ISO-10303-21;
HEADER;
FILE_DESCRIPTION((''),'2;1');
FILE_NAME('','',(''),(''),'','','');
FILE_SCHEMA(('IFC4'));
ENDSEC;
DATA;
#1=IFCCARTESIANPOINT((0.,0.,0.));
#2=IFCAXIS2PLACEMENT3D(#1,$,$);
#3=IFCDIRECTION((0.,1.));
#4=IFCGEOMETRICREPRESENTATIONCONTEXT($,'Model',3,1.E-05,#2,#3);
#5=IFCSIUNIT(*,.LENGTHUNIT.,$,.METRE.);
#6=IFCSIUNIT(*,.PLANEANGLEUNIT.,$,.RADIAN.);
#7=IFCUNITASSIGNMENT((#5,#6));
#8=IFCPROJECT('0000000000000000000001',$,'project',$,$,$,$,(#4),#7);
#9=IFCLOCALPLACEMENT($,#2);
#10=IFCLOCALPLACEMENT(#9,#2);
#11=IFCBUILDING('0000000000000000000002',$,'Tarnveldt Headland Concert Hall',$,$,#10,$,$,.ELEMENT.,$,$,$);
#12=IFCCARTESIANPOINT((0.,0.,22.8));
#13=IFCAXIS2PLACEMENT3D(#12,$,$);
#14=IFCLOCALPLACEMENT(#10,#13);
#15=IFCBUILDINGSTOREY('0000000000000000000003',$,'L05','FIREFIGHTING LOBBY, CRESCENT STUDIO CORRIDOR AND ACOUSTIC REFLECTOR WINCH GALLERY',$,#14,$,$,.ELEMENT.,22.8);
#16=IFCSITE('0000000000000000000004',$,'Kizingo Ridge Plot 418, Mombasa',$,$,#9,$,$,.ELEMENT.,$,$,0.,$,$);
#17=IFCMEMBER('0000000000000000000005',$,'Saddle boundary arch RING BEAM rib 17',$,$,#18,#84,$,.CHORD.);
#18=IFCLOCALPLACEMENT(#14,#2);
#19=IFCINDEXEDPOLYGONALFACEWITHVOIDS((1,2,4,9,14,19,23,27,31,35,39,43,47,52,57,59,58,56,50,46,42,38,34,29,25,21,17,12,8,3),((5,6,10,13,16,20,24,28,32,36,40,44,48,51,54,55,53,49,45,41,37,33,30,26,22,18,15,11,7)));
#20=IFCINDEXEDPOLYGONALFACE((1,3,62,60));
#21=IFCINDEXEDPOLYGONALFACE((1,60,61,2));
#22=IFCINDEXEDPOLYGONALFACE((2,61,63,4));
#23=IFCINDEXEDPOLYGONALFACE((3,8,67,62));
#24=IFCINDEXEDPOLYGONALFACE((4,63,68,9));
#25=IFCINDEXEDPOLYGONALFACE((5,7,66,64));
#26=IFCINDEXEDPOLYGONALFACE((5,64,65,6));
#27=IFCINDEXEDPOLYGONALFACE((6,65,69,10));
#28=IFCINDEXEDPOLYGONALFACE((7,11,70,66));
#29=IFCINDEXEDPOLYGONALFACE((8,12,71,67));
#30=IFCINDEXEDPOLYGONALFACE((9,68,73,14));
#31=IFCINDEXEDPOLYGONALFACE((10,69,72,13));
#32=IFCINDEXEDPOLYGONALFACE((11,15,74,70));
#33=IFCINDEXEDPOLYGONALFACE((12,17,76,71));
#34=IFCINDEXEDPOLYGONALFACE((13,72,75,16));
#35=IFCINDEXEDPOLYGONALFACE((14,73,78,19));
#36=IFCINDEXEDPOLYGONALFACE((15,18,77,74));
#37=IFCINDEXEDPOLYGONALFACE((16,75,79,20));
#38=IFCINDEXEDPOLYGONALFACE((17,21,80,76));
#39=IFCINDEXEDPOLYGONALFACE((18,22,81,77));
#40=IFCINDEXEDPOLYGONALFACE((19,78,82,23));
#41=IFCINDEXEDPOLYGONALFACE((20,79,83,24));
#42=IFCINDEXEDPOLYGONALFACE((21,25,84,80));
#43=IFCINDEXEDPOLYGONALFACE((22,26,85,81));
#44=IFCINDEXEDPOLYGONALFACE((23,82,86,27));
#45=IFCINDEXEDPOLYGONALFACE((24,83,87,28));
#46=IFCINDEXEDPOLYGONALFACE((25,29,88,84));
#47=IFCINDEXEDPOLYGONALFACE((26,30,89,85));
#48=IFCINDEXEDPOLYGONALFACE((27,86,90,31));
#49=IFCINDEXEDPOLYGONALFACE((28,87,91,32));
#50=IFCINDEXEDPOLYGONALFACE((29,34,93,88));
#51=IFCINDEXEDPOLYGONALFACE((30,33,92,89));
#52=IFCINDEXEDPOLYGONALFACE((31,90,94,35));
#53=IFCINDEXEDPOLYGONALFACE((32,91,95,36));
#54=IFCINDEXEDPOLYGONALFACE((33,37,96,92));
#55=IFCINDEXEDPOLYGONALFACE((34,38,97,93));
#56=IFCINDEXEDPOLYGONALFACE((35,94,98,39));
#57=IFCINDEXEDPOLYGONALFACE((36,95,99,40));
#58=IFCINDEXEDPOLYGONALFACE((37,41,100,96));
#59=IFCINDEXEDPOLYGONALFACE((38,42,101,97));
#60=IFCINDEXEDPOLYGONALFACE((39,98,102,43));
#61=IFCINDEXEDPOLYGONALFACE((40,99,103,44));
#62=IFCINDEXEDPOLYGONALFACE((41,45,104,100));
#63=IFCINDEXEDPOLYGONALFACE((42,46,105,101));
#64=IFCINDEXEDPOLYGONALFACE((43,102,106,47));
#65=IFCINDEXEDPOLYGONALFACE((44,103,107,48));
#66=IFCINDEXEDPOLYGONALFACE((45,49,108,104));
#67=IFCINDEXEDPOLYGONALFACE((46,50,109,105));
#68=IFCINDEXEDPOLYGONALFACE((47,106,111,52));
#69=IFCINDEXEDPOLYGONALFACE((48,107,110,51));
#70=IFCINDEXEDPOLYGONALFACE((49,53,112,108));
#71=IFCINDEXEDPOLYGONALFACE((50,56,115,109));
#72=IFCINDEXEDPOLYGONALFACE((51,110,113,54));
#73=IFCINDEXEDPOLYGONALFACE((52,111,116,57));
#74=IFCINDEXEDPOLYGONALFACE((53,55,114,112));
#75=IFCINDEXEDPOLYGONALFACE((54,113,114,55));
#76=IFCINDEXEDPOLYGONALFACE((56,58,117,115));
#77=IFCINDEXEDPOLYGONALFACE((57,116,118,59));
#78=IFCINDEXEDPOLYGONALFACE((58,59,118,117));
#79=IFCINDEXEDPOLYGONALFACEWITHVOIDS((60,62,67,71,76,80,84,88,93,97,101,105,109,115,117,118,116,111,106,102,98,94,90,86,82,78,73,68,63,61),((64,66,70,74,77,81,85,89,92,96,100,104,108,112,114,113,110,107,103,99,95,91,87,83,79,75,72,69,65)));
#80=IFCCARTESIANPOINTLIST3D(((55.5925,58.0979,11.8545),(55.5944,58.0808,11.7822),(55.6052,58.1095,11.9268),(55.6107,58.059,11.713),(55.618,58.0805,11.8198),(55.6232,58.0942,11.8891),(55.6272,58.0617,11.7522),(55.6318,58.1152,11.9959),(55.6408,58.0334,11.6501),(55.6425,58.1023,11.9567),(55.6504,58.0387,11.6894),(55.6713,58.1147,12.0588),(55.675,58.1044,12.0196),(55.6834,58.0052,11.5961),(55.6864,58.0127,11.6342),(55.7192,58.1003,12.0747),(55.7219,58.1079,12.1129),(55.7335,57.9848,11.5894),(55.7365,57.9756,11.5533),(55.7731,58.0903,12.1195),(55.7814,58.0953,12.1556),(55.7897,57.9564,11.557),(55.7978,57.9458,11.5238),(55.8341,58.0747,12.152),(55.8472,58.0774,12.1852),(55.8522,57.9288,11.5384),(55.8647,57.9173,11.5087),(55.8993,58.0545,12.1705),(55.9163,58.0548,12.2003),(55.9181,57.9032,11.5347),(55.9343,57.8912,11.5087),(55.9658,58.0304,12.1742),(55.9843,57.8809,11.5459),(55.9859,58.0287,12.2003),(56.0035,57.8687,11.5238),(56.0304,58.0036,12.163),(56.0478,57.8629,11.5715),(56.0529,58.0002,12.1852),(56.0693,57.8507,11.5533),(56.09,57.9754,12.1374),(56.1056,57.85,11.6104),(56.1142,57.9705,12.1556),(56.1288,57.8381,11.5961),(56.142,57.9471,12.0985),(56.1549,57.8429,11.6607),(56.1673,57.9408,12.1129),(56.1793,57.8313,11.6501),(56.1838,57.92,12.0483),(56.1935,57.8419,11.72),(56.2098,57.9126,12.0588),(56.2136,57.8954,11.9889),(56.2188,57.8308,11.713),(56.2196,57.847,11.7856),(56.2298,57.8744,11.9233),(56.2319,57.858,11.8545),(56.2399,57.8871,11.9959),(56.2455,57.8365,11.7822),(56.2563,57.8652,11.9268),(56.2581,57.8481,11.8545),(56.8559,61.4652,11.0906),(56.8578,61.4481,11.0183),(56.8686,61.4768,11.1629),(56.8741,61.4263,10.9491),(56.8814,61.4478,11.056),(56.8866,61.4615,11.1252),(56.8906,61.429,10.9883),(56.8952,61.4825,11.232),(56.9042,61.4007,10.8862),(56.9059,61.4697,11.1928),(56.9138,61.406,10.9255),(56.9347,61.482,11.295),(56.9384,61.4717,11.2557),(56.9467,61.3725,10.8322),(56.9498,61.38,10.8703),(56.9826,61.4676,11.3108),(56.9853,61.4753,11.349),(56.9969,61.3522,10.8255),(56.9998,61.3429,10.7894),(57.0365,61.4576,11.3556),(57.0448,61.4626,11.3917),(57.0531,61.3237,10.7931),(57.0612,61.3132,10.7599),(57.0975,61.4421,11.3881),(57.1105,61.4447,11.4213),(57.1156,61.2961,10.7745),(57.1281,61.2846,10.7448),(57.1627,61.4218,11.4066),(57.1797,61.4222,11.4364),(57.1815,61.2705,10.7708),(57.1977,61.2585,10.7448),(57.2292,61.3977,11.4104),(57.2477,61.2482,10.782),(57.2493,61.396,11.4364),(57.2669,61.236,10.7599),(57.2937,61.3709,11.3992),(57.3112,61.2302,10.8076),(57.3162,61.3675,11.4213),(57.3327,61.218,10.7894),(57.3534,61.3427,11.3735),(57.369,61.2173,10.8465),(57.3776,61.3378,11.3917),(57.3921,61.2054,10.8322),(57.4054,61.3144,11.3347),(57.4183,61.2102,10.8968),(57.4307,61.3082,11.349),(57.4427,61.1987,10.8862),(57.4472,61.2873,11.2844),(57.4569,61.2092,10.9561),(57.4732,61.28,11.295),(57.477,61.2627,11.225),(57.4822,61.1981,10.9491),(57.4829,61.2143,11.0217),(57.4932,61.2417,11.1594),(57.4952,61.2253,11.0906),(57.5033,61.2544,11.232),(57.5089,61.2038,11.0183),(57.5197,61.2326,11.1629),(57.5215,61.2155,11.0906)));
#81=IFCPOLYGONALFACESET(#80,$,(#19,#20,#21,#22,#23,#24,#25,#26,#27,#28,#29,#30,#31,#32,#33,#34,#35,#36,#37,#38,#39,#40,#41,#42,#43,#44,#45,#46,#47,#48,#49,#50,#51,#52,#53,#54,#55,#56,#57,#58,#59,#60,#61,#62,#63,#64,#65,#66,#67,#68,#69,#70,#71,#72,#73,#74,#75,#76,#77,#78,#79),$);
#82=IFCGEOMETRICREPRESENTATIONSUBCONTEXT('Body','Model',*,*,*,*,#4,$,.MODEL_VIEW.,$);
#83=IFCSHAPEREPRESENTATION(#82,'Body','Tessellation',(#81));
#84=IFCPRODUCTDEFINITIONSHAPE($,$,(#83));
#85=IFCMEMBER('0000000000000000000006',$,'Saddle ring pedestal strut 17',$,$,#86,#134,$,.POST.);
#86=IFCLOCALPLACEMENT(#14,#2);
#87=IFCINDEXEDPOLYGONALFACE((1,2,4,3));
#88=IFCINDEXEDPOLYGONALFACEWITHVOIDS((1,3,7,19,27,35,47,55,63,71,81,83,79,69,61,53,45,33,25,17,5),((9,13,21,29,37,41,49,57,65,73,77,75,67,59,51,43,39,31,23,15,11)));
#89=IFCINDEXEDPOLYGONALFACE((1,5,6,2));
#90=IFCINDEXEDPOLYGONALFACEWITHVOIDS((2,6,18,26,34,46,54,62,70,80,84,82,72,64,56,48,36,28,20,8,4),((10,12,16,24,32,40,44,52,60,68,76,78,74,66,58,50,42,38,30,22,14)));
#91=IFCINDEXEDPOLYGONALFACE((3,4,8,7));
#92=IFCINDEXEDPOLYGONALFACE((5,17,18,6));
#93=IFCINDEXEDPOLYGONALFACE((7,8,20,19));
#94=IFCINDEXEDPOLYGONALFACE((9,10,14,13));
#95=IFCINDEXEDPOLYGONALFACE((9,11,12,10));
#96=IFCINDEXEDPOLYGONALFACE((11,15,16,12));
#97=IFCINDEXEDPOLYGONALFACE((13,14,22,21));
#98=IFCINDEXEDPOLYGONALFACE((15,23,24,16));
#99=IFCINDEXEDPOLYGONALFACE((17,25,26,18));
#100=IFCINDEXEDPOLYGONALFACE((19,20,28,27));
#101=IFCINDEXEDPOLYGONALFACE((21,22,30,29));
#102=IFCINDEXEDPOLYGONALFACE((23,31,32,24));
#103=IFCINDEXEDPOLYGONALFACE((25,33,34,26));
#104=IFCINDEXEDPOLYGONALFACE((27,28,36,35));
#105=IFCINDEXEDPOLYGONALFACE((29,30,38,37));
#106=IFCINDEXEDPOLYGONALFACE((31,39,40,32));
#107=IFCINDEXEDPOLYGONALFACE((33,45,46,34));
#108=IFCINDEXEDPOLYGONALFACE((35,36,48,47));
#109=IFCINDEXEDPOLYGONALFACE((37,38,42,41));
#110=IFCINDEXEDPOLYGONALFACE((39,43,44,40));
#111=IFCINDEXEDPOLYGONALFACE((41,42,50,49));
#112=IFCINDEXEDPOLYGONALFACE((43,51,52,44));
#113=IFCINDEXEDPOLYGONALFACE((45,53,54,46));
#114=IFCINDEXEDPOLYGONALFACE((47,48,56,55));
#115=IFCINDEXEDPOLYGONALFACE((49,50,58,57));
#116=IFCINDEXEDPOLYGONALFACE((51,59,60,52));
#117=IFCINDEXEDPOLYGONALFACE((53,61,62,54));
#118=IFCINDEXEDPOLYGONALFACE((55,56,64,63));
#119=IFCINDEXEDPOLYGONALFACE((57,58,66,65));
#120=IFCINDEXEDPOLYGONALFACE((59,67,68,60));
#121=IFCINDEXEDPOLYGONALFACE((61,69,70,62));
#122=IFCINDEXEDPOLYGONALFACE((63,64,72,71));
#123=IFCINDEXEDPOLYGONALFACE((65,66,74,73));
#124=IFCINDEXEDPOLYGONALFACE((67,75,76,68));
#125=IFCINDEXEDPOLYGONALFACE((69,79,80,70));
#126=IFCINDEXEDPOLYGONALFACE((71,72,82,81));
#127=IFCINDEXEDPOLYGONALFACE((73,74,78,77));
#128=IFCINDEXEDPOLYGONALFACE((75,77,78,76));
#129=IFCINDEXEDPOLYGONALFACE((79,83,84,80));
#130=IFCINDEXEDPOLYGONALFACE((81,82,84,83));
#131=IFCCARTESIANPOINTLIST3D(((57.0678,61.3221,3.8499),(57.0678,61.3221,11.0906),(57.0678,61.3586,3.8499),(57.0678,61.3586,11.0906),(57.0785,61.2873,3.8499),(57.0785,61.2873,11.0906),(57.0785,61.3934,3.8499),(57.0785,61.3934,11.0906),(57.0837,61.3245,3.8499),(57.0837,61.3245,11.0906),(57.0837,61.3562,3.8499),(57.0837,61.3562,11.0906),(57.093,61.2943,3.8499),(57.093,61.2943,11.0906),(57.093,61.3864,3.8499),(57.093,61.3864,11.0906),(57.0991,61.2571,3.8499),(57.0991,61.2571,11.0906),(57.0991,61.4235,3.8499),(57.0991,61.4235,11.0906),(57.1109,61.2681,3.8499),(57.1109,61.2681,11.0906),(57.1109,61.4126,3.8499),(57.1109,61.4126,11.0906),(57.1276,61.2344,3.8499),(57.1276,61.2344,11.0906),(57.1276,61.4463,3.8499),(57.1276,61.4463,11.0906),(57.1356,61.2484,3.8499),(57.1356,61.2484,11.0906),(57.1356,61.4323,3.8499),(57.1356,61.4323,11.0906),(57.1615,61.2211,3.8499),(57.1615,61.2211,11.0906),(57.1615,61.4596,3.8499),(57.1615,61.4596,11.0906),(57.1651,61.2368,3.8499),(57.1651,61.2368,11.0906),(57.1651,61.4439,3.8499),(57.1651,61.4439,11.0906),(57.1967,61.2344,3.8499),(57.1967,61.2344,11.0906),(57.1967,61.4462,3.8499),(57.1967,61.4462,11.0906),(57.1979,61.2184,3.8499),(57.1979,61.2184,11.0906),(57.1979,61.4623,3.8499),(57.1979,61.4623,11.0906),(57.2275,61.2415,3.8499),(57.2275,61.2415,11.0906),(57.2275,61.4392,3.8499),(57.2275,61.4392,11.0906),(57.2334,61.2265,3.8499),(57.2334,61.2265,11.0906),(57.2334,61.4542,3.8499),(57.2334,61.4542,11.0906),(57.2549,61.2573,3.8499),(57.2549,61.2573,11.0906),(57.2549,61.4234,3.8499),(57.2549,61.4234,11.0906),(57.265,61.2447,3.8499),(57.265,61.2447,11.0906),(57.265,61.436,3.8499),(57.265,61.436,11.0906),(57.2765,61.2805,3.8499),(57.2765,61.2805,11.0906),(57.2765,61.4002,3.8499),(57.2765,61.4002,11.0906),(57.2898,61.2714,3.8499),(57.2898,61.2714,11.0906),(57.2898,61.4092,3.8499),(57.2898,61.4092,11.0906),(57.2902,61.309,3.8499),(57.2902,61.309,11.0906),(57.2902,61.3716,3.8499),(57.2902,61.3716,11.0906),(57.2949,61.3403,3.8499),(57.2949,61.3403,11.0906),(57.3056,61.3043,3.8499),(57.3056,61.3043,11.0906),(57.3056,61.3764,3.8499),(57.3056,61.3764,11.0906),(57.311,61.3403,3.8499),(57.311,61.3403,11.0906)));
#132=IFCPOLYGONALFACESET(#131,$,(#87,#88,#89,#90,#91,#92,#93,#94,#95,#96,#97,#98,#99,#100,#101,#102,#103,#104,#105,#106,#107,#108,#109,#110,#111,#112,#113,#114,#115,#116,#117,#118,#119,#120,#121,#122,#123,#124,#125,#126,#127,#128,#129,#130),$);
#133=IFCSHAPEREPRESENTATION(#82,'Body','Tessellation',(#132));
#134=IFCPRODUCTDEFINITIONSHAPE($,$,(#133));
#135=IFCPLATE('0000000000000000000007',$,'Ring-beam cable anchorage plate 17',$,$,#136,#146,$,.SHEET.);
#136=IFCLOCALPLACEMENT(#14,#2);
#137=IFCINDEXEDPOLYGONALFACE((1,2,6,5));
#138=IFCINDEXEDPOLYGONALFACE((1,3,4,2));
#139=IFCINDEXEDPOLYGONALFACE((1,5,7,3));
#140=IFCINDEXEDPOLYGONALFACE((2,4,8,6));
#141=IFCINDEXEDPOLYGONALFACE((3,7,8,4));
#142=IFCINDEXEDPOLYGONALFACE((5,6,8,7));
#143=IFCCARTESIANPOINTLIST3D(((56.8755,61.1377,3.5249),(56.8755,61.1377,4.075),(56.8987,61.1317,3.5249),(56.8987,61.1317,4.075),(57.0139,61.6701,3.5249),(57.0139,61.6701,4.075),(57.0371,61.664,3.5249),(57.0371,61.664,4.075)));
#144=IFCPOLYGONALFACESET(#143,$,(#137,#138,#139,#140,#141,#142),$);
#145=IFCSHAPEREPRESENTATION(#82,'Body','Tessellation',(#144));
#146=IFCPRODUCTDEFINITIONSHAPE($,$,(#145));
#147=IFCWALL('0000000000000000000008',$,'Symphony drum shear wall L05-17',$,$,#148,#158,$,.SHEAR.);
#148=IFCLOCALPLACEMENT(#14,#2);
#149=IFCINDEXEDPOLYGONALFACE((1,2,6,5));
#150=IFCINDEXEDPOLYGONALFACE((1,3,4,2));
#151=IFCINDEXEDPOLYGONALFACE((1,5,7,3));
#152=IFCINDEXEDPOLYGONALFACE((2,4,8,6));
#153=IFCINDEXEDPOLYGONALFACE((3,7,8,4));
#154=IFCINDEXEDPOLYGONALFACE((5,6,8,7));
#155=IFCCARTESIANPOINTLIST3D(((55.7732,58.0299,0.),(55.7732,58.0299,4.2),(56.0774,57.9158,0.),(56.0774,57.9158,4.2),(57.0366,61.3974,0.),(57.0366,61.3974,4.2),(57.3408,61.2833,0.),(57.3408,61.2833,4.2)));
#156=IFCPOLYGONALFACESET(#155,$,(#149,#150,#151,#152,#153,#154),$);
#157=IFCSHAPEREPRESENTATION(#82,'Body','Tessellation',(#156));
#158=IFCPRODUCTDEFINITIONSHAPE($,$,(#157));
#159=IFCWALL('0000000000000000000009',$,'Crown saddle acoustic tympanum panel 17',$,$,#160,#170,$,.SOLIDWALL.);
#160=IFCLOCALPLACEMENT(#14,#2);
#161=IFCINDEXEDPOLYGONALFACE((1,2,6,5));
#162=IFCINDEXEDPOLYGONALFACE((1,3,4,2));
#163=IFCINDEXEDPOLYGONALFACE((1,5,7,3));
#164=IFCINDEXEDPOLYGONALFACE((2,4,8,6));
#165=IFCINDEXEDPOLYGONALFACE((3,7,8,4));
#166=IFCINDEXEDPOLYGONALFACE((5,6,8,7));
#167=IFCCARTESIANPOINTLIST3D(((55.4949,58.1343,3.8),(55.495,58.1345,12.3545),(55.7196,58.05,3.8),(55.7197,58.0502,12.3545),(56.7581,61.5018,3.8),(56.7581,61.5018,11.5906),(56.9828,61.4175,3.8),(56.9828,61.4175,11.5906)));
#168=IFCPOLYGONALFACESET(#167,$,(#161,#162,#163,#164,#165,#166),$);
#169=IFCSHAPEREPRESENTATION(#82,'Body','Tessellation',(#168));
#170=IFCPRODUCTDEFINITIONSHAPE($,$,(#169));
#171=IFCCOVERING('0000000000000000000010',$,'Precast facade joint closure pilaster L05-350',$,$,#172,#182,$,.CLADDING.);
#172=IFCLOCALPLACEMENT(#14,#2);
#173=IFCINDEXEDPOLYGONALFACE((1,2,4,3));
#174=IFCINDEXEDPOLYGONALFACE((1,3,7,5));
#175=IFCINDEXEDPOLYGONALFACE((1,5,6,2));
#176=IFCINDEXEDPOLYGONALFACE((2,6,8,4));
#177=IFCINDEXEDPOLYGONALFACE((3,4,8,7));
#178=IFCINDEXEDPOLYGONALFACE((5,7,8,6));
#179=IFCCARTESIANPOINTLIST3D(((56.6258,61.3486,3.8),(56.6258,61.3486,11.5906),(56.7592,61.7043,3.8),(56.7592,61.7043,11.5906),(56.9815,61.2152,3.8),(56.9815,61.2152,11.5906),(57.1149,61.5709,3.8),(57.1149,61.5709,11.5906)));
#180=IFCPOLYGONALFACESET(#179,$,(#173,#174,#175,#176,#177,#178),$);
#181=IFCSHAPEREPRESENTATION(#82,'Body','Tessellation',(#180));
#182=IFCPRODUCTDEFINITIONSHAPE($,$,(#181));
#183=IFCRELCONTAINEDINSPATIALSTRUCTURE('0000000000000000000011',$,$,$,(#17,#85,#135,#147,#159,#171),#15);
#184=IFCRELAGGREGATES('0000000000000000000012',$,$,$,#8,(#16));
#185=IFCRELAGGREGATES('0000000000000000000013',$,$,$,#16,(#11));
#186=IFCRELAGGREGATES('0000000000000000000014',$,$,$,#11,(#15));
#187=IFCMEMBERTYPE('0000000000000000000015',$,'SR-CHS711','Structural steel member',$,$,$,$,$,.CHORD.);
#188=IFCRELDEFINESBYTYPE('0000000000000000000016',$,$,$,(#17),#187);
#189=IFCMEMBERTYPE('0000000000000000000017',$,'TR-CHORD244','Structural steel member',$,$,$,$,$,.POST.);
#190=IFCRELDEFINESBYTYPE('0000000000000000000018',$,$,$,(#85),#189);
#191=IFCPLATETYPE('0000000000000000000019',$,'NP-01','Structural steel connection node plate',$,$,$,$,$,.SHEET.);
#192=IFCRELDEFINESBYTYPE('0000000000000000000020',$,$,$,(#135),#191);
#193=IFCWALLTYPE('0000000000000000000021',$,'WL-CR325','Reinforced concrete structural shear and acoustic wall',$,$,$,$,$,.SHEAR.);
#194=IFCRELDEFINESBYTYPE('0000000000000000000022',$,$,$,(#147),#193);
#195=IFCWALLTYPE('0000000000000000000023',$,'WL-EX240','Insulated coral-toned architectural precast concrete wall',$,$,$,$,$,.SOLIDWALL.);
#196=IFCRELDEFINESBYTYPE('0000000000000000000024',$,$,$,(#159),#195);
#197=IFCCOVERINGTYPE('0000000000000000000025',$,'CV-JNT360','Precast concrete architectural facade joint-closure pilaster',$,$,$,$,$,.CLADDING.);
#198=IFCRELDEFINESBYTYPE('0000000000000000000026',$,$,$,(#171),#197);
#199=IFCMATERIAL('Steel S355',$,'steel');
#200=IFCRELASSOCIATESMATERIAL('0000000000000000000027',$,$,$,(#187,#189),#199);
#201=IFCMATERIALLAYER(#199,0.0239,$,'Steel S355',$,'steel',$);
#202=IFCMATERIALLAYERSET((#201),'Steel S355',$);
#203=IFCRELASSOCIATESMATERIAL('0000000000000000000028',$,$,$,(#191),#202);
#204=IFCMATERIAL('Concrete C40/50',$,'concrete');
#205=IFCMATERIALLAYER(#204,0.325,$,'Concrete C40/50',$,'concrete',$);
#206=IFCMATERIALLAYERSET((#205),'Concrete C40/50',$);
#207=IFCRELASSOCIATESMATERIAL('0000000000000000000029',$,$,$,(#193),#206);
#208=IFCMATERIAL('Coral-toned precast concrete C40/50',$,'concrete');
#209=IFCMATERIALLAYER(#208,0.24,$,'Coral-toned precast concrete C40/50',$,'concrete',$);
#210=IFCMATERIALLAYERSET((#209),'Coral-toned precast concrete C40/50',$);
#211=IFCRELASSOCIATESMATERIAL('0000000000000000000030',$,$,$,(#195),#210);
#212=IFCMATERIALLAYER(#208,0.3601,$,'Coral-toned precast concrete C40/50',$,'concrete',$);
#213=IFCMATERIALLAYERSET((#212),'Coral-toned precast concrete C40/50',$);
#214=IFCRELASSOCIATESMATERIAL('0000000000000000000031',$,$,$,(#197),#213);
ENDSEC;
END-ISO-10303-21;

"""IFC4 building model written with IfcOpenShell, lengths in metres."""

from ifc_helpers import new_model, si_unit, direction, frame, frame_2d, origin, origin_2d, place, context, subcontext, project, spatial, polyline, rectangle, hollow_circle, outline, extrude, material, layer, layer_set, material_profile, profile_set, type_object, element, save


model = new_model("IFC4")

# Units and contexts
model_context = context("Model", 3, precision=1e-05, world=origin(), true_north=direction((0.0, 1.0)))
body_context = subcontext(model_context, "Body", "Model", "MODEL_VIEW")
ifc_project = project(units=[si_unit("LENGTHUNIT", "METRE"), si_unit("PLANEANGLEUNIT", "RADIAN")], contexts=[model_context])

# Site, building, storey
site_placement = place(None, origin())
site = spatial("IfcSite", under=ifc_project, at=site_placement, Name="Kizingo Ridge Plot 418, Mombasa", CompositionType="ELEMENT", RefElevation=0.0)
building_placement = place(site_placement, origin())
building = spatial("IfcBuilding", under=site, at=building_placement, Name="Tarnveldt Headland Concert Hall", CompositionType="ELEMENT")
storey_placement = place(building_placement, frame((0.0, 0.0, 22.8)))
storey = spatial("IfcBuildingStorey", under=building, at=storey_placement, Name="L05", Description="FIREFIGHTING LOBBY, CRESCENT STUDIO CORRIDOR AND ACOUSTIC REFLECTOR WINCH GALLERY", CompositionType="ELEMENT", Elevation=22.8)

# Shared definitions
ifc_material_1 = material(Name="Concrete C40/50", Category="concrete")

# Shared definitions
ifc_material_2 = material(Name="Steel S355", Category="steel")

# Members
ifc_material_profile_1 = material_profile(ifc_material_2, hollow_circle(Radius=0.3555, WallThickness=0.0281, at=origin_2d()), Name="CHS 711x28", Category="steel")
ifc_profile_set_1 = profile_set([ifc_material_profile_1], Name="Steel S355")
member_type_1 = type_object("IfcMemberType", Name="SR-CHS711", Description="Structural steel member", PredefinedType="CHORD", material=ifc_profile_set_1)
member_1_placement = place(storey_placement, frame((57.1887, 61.3403, 11.0906), z_axis=(-0.343615, -0.915841, 0.207762), x_axis=(0.936271, -0.35128, 0.0)))
element("IfcMember", 1, at=member_1_placement, inside=storey, type_object=member_type_1, Name="Saddle boundary arch RING BEAM rib 17", PredefinedType="CHORD", context=body_context, shape_type="SweptSolid", body=[
    extrude(hollow_circle(Radius=0.3555, WallThickness=0.0281, at=origin_2d()), origin(), (0.0, 0.0, 1.0), 3.6768),
])
ifc_material_profile_2 = material_profile(ifc_material_2, hollow_circle(Radius=0.1223, WallThickness=0.0161, at=origin_2d()), Name="CHS 244.5x16", Category="steel")
ifc_profile_set_2 = profile_set([ifc_material_profile_2], Name="Steel S355")
member_type_2 = type_object("IfcMemberType", Name="TR-CHORD244", Description="Structural steel member", PredefinedType="POST", material=ifc_profile_set_2)
member_2_placement = place(storey_placement, frame((57.1887, 61.3403, 3.8499), z_axis=(0.0, 0.0, 1.0), x_axis=(1.0, 0.0, 0.0)))
element("IfcMember", 2, at=member_2_placement, inside=storey, type_object=member_type_2, Name="Saddle ring pedestal strut 17", PredefinedType="POST", context=body_context, shape_type="SweptSolid", body=[
    extrude(hollow_circle(Radius=0.1223, WallThickness=0.0161, at=origin_2d()), origin(), (0.0, 0.0, 1.0), 7.2407),
])

# Plate
ifc_layer_1 = layer(ifc_material_2, 0.0239, Name="Steel S355", Category="steel")
ifc_layer_set_1 = layer_set([ifc_layer_1], Name="Steel S355")
plate_type = type_object("IfcPlateType", Name="NP-01", Description="Structural steel connection node plate", PredefinedType="SHEET", material=ifc_layer_set_1)
plate_placement = place(storey_placement, frame((56.9563, 61.4009, 3.5249), z_axis=(0.0, 0.0, 1.0), x_axis=(-0.251563, -0.967841, 0.0)))
element("IfcPlate", 3, at=plate_placement, inside=storey, type_object=plate_type, Name="Ring-beam cable anchorage plate 17", PredefinedType="SHEET", context=body_context, shape_type="SweptSolid", body=[
    extrude(rectangle(XDim=0.55, YDim=0.0239, at=origin_2d()), origin(), (0.0, 0.0, 1.0), 0.55),
])

# Wall
ifc_layer_2 = layer(ifc_material_1, 0.325, Name="Concrete C40/50", Category="concrete")
ifc_layer_set_2 = layer_set([ifc_layer_2], Name="Concrete C40/50")
wall_type_1 = type_object("IfcWallType", Name="WL-CR325", Description="Reinforced concrete structural shear and acoustic wall", PredefinedType="SHEAR", material=ifc_layer_set_2)
wall_1_placement = place(storey_placement, frame((57.1887, 61.3403, 0.0), z_axis=(0.0, 0.0, 1.0), x_axis=(-0.35128, -0.936271, 0.0)))
element("IfcWall", 4, at=wall_1_placement, inside=storey, type_object=wall_type_1, Name="Symphony drum shear wall L05-17", PredefinedType="SHEAR", context=body_context, shape_type="SweptSolid", body=[
    extrude(rectangle(XDim=3.5967, YDim=0.325, at=frame_2d((1.7983, 0.0))), origin(), (0.0, 0.0, 1.0), 4.2),
])

# Wall
ifc_material_3 = material(Name="Coral-toned precast concrete C40/50", Category="concrete")
ifc_layer_3 = layer(ifc_material_3, 0.24, Name="Coral-toned precast concrete C40/50", Category="concrete")
ifc_layer_set_3 = layer_set([ifc_layer_3], Name="Coral-toned precast concrete C40/50")
wall_type_2 = type_object("IfcWallType", Name="WL-EX240", Description="Insulated coral-toned architectural precast concrete wall", PredefinedType="SOLIDWALL", material=ifc_layer_set_3)
wall_2_placement = place(storey_placement, frame((56.8704, 61.4597, 3.8), z_axis=(0.0, 0.0, 1.0), x_axis=(-0.35122, -0.936293, 0.0)))
element("IfcWall", 5, at=wall_2_placement, inside=storey, type_object=wall_type_2, Name="Crown saddle acoustic tympanum panel 17", PredefinedType="SOLIDWALL", context=body_context, shape_type="SweptSolid", body=[
    extrude(outline(polyline([(0.0, 0.0), (3.5967, 0.0), (3.5964, 8.5544), (0.0, 7.7905), (0.0, 0.0)])), frame((0.0, 0.1201, 0.0), z_axis=(0.0, -1.0, 0.0), x_axis=(1.0, 0.0, 0.0)), (0.0, 0.0, 1.0), 0.24),
])

# Covering
ifc_layer_4 = layer(ifc_material_3, 0.3601, Name="Coral-toned precast concrete C40/50", Category="concrete")
ifc_layer_set_4 = layer_set([ifc_layer_4], Name="Coral-toned precast concrete C40/50")
covering_type = type_object("IfcCoveringType", Name="CV-JNT360", Description="Precast concrete architectural facade joint-closure pilaster", PredefinedType="CLADDING", material=ifc_layer_set_4)
covering_placement = place(storey_placement, frame((56.8704, 61.4597, 3.8), z_axis=(0.0, 0.0, 1.0), x_axis=(-0.936305, 0.351188, 0.0)))
element("IfcCovering", 6, at=covering_placement, inside=storey, type_object=covering_type, Name="Precast facade joint closure pilaster L05-350", PredefinedType="CLADDING", context=body_context, shape_type="SweptSolid", body=[
    extrude(rectangle(XDim=0.3799, YDim=0.3799, at=origin_2d()), origin(), (0.0, 0.0, 1.0), 7.7905),
])

save(model, "model.ifc")
